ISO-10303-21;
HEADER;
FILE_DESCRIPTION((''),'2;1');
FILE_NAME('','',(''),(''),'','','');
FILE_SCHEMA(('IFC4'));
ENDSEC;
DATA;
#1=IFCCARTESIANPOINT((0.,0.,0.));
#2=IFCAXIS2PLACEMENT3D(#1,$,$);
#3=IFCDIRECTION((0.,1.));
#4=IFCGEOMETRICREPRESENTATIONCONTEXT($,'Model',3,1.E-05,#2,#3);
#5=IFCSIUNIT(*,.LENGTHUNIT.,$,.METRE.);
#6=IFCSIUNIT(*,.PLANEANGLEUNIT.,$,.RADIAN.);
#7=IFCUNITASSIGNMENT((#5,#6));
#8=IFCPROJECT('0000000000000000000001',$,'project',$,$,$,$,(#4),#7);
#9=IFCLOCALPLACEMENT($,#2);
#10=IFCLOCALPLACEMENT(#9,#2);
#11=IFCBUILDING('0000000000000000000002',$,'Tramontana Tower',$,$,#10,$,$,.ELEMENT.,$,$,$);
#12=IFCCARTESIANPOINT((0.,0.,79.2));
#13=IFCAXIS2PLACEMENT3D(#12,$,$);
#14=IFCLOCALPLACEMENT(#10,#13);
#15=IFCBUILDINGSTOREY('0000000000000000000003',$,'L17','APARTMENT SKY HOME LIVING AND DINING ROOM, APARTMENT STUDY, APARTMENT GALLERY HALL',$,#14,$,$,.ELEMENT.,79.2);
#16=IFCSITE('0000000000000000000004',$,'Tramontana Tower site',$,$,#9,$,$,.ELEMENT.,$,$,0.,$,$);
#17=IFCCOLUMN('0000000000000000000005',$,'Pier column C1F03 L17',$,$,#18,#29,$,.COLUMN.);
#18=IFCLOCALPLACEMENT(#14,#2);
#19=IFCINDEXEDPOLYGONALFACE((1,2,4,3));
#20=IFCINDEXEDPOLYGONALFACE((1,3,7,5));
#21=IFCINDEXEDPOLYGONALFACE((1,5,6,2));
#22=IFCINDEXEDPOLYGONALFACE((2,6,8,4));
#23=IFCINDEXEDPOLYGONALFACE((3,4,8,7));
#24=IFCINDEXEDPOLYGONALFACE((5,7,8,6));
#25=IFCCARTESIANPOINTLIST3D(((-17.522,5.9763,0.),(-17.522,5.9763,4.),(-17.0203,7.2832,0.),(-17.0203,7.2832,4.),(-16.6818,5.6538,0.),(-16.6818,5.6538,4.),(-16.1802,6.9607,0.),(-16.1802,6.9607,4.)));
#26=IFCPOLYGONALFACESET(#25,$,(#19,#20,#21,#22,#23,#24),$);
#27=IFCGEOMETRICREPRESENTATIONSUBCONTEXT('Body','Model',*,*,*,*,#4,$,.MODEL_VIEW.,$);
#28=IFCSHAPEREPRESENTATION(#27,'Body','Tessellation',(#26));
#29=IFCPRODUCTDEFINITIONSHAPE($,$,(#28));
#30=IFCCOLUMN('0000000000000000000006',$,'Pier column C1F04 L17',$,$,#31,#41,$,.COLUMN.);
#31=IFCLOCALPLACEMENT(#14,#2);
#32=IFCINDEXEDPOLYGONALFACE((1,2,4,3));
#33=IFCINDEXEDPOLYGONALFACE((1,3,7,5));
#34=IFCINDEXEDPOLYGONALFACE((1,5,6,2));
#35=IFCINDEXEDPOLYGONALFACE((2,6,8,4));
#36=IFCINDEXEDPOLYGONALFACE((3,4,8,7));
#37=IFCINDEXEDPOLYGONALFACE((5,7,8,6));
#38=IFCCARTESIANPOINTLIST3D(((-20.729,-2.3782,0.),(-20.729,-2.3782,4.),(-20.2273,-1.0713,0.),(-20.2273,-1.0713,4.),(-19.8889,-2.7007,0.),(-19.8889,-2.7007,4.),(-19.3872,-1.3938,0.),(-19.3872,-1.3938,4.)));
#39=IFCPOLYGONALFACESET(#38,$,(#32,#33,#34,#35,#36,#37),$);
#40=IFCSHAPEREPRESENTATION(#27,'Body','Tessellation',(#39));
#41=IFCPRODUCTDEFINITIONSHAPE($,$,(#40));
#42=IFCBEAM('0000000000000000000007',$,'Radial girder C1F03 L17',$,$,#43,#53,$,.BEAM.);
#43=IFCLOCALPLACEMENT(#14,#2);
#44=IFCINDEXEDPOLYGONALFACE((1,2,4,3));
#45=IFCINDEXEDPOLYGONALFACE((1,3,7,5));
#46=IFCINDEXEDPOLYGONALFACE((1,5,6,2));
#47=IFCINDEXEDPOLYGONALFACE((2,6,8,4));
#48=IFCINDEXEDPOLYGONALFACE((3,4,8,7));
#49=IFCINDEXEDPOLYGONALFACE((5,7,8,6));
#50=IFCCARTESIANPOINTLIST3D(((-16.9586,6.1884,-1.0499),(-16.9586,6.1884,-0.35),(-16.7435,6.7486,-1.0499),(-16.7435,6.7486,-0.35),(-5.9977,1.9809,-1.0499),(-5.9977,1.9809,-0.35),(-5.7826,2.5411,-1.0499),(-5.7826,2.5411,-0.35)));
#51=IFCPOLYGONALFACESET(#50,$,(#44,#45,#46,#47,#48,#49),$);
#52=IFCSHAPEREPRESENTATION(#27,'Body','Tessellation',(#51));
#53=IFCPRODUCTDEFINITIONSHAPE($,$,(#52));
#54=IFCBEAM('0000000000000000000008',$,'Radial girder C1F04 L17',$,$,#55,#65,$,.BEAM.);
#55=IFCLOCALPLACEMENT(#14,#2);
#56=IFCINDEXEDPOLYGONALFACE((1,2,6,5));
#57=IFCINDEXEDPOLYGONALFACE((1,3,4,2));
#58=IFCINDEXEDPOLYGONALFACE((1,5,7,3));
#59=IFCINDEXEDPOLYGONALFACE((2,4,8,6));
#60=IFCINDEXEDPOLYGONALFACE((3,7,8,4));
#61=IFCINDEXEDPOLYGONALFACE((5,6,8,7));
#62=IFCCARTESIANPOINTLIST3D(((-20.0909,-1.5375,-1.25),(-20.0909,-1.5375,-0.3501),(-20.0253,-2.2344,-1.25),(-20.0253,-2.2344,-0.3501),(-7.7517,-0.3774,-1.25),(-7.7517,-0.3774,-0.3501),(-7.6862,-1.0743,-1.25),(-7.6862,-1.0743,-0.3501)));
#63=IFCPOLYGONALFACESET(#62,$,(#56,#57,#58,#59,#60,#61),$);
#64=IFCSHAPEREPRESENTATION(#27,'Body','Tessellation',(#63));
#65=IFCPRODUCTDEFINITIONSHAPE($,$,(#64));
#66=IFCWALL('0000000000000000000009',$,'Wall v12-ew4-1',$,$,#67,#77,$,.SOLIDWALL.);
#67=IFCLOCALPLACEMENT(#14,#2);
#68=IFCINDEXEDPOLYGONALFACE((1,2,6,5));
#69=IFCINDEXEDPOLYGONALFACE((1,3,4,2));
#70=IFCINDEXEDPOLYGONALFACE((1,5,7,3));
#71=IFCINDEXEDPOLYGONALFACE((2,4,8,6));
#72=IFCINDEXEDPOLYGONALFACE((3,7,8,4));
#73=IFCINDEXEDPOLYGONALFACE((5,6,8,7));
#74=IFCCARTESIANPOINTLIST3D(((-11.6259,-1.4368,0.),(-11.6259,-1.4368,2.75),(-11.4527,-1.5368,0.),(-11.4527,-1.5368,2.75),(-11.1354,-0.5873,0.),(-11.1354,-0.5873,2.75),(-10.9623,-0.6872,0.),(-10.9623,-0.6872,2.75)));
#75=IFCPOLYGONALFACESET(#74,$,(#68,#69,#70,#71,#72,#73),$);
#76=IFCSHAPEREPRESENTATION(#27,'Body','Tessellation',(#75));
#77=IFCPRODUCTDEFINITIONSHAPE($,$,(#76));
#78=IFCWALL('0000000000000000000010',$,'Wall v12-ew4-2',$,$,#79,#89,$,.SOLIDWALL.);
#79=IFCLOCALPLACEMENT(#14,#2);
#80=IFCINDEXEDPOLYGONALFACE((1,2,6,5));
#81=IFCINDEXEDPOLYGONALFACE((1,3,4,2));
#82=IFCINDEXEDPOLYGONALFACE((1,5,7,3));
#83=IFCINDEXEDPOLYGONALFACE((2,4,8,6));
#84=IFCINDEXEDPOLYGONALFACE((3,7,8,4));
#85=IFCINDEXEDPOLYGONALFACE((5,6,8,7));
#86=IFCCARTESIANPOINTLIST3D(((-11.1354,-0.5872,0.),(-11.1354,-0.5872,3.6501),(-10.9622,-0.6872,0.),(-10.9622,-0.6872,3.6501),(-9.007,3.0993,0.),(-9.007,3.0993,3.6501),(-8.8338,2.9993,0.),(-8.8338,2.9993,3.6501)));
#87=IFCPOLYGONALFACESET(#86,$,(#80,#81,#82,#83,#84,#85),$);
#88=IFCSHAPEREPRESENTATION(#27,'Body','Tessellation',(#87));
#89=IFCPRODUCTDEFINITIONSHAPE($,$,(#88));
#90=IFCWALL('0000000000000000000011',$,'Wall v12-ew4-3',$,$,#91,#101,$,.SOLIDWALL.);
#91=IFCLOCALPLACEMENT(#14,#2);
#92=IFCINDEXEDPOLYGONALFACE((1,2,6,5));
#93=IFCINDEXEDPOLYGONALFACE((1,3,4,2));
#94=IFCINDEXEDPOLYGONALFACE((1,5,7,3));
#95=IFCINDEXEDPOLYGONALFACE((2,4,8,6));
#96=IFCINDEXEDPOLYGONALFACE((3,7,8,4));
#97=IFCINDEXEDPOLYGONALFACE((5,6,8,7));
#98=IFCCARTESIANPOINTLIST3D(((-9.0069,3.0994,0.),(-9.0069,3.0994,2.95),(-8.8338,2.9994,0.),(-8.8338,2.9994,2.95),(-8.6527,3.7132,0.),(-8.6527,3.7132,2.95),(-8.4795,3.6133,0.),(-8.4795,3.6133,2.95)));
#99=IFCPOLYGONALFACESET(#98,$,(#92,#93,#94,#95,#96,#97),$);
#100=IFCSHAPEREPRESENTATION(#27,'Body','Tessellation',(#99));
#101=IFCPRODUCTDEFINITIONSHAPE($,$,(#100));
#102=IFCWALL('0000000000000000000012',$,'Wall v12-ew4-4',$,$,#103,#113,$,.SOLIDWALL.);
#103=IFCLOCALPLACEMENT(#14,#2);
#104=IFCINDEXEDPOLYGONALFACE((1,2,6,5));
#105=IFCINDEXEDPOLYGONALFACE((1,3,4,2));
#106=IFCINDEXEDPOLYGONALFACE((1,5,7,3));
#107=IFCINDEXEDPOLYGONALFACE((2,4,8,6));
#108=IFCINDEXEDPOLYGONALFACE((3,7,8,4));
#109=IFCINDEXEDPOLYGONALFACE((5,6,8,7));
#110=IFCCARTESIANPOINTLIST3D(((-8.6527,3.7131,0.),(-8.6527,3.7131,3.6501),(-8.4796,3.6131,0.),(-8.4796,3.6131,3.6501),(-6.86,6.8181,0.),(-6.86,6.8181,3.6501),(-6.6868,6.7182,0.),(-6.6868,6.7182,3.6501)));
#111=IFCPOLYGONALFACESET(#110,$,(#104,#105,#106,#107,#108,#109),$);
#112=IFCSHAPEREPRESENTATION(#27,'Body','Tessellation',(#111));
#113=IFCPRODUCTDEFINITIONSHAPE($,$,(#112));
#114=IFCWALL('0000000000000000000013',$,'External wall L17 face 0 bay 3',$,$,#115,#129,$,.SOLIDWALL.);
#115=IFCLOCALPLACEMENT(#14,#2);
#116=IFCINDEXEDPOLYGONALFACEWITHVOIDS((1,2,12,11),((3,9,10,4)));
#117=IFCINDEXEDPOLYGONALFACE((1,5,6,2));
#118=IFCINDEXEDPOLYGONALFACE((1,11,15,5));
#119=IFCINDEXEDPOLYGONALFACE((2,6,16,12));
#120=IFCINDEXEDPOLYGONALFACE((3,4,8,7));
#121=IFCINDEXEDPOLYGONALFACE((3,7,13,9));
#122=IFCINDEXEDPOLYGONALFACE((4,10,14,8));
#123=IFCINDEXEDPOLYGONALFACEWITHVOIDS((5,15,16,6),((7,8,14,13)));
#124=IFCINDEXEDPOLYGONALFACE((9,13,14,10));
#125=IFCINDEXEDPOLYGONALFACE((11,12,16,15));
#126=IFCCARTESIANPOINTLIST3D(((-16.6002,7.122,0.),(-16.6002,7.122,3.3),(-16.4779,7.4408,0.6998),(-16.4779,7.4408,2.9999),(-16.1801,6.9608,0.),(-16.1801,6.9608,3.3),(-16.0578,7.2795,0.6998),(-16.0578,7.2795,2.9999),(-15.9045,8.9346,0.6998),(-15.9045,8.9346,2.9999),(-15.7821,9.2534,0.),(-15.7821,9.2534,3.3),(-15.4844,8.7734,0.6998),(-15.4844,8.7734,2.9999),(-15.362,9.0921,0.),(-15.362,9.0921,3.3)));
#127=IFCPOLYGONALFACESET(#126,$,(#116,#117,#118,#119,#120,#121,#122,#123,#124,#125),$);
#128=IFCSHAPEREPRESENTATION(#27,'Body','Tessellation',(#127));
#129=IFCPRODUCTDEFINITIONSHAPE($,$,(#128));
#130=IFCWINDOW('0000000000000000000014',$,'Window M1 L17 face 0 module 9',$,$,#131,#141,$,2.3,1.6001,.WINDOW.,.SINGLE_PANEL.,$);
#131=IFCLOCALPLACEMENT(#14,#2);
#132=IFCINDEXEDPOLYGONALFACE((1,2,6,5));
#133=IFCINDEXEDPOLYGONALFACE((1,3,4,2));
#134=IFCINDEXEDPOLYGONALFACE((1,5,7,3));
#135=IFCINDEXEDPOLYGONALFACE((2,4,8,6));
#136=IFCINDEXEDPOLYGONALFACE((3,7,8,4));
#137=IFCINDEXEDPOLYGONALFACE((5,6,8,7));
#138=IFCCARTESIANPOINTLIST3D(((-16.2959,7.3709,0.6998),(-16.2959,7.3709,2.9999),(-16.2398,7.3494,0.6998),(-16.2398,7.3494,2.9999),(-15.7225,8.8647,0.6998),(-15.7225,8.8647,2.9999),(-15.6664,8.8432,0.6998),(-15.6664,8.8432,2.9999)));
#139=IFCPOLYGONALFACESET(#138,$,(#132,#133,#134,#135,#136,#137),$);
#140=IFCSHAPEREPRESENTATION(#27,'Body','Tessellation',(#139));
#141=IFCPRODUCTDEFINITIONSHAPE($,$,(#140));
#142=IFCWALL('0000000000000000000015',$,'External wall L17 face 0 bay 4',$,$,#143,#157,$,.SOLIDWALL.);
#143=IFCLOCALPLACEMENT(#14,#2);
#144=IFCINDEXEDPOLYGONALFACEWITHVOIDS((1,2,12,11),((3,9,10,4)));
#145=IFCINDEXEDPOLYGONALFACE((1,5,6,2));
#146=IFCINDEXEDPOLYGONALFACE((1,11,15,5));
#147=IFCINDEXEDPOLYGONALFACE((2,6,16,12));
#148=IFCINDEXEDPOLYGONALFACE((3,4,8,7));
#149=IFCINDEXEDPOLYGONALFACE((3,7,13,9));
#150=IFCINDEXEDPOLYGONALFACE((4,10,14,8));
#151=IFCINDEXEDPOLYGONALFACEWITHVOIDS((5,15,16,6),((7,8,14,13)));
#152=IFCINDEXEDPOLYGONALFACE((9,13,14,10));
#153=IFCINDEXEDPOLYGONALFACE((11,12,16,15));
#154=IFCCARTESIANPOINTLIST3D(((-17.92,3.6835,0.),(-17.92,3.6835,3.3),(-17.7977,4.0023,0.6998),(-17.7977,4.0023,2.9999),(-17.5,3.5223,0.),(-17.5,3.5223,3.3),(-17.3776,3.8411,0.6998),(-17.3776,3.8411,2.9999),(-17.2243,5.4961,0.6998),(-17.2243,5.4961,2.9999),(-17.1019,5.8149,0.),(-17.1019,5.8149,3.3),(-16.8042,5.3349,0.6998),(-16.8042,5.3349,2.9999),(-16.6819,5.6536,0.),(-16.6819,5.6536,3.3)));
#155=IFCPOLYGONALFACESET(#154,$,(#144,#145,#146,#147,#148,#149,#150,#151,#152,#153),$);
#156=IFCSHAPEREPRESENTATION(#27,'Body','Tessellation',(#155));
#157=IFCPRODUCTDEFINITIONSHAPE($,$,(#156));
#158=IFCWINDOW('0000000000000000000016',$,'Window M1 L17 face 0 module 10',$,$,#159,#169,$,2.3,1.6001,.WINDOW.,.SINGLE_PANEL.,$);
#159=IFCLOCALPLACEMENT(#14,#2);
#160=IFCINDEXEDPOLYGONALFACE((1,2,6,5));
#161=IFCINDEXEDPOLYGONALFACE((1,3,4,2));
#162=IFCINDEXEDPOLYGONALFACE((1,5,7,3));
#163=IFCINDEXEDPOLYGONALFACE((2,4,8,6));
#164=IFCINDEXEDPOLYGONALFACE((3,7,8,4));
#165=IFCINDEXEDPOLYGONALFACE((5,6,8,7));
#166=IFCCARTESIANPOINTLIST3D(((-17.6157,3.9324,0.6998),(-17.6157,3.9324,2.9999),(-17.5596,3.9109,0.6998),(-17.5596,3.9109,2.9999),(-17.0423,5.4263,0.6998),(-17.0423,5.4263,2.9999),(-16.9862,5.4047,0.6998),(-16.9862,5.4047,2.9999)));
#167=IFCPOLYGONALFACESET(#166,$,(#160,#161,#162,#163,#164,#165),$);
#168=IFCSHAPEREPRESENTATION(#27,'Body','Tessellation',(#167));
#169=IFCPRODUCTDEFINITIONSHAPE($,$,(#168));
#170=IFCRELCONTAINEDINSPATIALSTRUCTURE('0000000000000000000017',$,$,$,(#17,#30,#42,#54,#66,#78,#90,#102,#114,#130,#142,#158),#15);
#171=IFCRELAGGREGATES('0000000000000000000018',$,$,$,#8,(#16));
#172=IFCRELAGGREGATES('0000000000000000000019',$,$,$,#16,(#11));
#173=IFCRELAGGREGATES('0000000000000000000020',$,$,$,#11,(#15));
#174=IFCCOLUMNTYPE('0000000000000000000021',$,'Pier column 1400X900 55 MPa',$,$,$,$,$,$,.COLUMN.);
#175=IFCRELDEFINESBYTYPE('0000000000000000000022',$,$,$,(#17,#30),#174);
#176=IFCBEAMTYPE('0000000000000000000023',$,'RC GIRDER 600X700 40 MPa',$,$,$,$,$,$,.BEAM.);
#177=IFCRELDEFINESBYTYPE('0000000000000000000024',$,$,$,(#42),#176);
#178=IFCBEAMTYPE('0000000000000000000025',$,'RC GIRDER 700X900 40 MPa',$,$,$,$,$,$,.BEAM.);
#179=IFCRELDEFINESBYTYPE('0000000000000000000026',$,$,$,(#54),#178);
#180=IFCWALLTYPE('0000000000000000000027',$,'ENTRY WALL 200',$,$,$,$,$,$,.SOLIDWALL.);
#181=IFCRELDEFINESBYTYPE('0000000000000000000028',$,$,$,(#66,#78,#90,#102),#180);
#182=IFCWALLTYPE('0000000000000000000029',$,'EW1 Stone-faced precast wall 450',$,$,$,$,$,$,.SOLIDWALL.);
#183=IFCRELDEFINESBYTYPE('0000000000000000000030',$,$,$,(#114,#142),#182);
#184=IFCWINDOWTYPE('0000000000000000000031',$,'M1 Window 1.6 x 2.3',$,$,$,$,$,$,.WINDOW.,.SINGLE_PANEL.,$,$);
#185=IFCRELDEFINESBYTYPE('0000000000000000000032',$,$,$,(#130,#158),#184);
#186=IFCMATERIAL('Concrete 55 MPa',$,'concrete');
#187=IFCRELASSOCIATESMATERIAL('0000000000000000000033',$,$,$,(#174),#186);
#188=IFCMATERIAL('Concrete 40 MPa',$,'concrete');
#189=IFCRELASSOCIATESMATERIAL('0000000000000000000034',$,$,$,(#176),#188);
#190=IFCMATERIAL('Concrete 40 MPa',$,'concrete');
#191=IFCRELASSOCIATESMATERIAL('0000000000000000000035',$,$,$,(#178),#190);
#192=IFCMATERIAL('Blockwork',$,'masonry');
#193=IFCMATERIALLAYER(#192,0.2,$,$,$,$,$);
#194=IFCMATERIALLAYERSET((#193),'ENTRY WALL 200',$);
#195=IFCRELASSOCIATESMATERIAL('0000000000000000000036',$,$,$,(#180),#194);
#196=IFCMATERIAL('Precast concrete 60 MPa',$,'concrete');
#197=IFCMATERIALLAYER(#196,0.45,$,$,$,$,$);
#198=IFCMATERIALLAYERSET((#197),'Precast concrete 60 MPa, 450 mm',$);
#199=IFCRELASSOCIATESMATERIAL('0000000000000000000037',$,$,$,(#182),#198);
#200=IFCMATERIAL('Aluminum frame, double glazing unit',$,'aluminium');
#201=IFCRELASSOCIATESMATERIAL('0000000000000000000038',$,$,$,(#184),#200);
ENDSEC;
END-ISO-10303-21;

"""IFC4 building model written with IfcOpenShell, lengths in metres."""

from ifc_helpers import new_model, si_unit, direction, frame, frame_2d, origin, origin_2d, place, context, subcontext, project, spatial, rectangle, extrude, material, layer, layer_set, material_profile, profile_set, type_object, element, fill, save


model = new_model("IFC4")

# Units and contexts
model_context = context("Model", 3, precision=1e-05, world=origin(), true_north=direction((0.0, 1.0)))
body_context = subcontext(model_context, "Body", "Model", "MODEL_VIEW")
ifc_project = project(units=[si_unit("LENGTHUNIT", "METRE"), si_unit("PLANEANGLEUNIT", "RADIAN")], contexts=[model_context])

# Site, building, storey
site_placement = place(None, origin())
site = spatial("IfcSite", under=ifc_project, at=site_placement, Name="Tramontana Tower site", CompositionType="ELEMENT", RefElevation=0.0)
building_placement = place(site_placement, origin())
building = spatial("IfcBuilding", under=site, at=building_placement, Name="Tramontana Tower", CompositionType="ELEMENT")
storey_placement = place(building_placement, frame((0.0, 0.0, 79.2)))
storey = spatial("IfcBuildingStorey", under=building, at=storey_placement, Name="L17", Description="APARTMENT SKY HOME LIVING AND DINING ROOM, APARTMENT STUDY, APARTMENT GALLERY HALL", CompositionType="ELEMENT", Elevation=79.2)

# Columns
ifc_material_1 = material(Name="Concrete 55 MPa", Category="concrete")
ifc_material_profile_1 = material_profile(ifc_material_1, rectangle(XDim=1.3999, YDim=0.8999, at=origin_2d()), Name="Pier column 1400X900 55 MPa")
ifc_profile_set_1 = profile_set([ifc_material_profile_1], Name="Concrete 55 MPa")
column_type = type_object("IfcColumnType", Name="Pier column 1400X900 55 MPa", PredefinedType="COLUMN", material=ifc_profile_set_1)
for number, where, z_axis, x_axis, name in (
    (1, (-16.8511, 6.4685, 0.0), (0.0, 0.0, 1.0), (-0.358368, -0.93358, 0.0), "Pier column C1F03 L17"),
    (2, (-20.0581, -1.886, 0.0), (0.0, 0.0, 1.0), (-0.358368, -0.93358, 0.0), "Pier column C1F04 L17"),
):
    element("IfcColumn", number, at=place(storey_placement, frame(where, z_axis=z_axis, x_axis=x_axis)), inside=storey, type_object=column_type, Name=name, PredefinedType="COLUMN", context=body_context, shape_type="SweptSolid", body=[
        extrude(rectangle(XDim=1.3999, YDim=0.8999, at=origin_2d()), origin(), (0.0, 0.0, 1.0), 4.0),
    ])

# Beams
ifc_material_2 = material(Name="Concrete 40 MPa", Category="concrete")
ifc_material_profile_2 = material_profile(ifc_material_2, rectangle(XDim=0.6001, YDim=0.7, at=origin_2d()), Name="RC GIRDER 600X700 40 MPa")
ifc_profile_set_2 = profile_set([ifc_material_profile_2], Name="Concrete 40 MPa")
beam_type_1 = type_object("IfcBeamType", Name="RC GIRDER 600X700 40 MPa", PredefinedType="BEAM", material=ifc_profile_set_2)
beam_1_placement = place(storey_placement, frame((-16.8511, 6.4685, -0.7), z_axis=(0.93358, -0.358369, 0.0), x_axis=(0.358369, 0.93358, 0.0)))
element("IfcBeam", 3, at=beam_1_placement, inside=storey, type_object=beam_type_1, Name="Radial girder C1F03 L17", PredefinedType="BEAM", context=body_context, shape_type="SweptSolid", body=[
    extrude(rectangle(XDim=0.6001, YDim=0.7, at=origin_2d()), origin(), (0.0, 0.0, 1.0), 11.7407),
])
ifc_material_3 = material(Name="Concrete 40 MPa", Category="concrete")
ifc_material_profile_3 = material_profile(ifc_material_3, rectangle(XDim=0.7, YDim=0.8999, at=origin_2d()), Name="RC GIRDER 700X900 40 MPa")
ifc_profile_set_3 = profile_set([ifc_material_profile_3], Name="Concrete 40 MPa")
beam_type_2 = type_object("IfcBeamType", Name="RC GIRDER 700X900 40 MPa", PredefinedType="BEAM", material=ifc_profile_set_3)
beam_2_placement = place(storey_placement, frame((-20.0581, -1.886, -0.8), z_axis=(0.995609, 0.09361, 0.0), x_axis=(-0.09361, 0.995609, 0.0)))
element("IfcBeam", 4, at=beam_2_placement, inside=storey, type_object=beam_type_2, Name="Radial girder C1F04 L17", PredefinedType="BEAM", context=body_context, shape_type="SweptSolid", body=[
    extrude(rectangle(XDim=0.7, YDim=0.8999, at=origin_2d()), origin(), (0.0, 0.0, 1.0), 12.3936),
])

# Walls
ifc_material_4 = material(Name="Blockwork", Category="masonry")
ifc_layer_1 = layer(ifc_material_4, 0.2)
ifc_layer_set_1 = layer_set([ifc_layer_1], Name="ENTRY WALL 200")
wall_type_1 = type_object("IfcWallType", Name="ENTRY WALL 200", PredefinedType="SOLIDWALL", material=ifc_layer_set_1)
wall_1_placement = place(storey_placement, frame((-11.5393, -1.4868, 0.0), z_axis=(0.0, 0.0, 1.0), x_axis=(0.499967, 0.866045, 0.0)))
element("IfcWall", 5, at=wall_1_placement, inside=storey, type_object=wall_type_1, Name="Wall v12-ew4-1", PredefinedType="SOLIDWALL", context=body_context, shape_type="SweptSolid", body=[
    extrude(rectangle(XDim=0.981, YDim=0.2, at=frame_2d((0.4905, 0.0))), origin(), (0.0, 0.0, 1.0), 2.75),
])
wall_2_placement = place(storey_placement, frame((-11.0488, -0.6372, 0.0), z_axis=(0.0, 0.0, 1.0), x_axis=(0.5, 0.866025, 0.0)))
element("IfcWall", 6, at=wall_2_placement, inside=storey, type_object=wall_type_1, Name="Wall v12-ew4-2", PredefinedType="SOLIDWALL", context=body_context, shape_type="SweptSolid", body=[
    extrude(rectangle(XDim=4.2568, YDim=0.2, at=frame_2d((2.1284, 0.0))), origin(), (0.0, 0.0, 1.0), 3.6501),
])
wall_3_placement = place(storey_placement, frame((-8.9204, 3.0493, 0.0), z_axis=(0.0, 0.0, 1.0), x_axis=(0.499882, 0.866094, 0.0)))
element("IfcWall", 7, at=wall_3_placement, inside=storey, type_object=wall_type_1, Name="Wall v12-ew4-3", PredefinedType="SOLIDWALL", context=body_context, shape_type="SweptSolid", body=[
    extrude(rectangle(XDim=0.7087, YDim=0.2, at=frame_2d((0.3545, 0.0))), origin(), (0.0, 0.0, 1.0), 2.95),
])
wall_4_placement = place(storey_placement, frame((-8.5662, 3.6631, 0.0), z_axis=(0.0, 0.0, 1.0), x_axis=(0.500013, 0.866018, 0.0)))
element("IfcWall", 8, at=wall_4_placement, inside=storey, type_object=wall_type_1, Name="Wall v12-ew4-4", PredefinedType="SOLIDWALL", context=body_context, shape_type="SweptSolid", body=[
    extrude(rectangle(XDim=3.5854, YDim=0.2, at=frame_2d((1.7927, 0.0))), origin(), (0.0, 0.0, 1.0), 3.6501),
])

# Walls, openings, windows
ifc_material_5 = material(Name="Precast concrete 60 MPa", Category="concrete")
ifc_layer_2 = layer(ifc_material_5, 0.45)
ifc_layer_set_2 = layer_set([ifc_layer_2], Name="Precast concrete 60 MPa, 450 mm")
wall_type_2 = type_object("IfcWallType", Name="EW1 Stone-faced precast wall 450", PredefinedType="SOLIDWALL", material=ifc_layer_set_2)
wall_5_placement = place(storey_placement, frame((-15.572, 9.1729, 0.0), z_axis=(0.0, 0.0, 1.0), x_axis=(-0.358356, -0.933585, 0.0)))
wall_5 = element("IfcWall", 9, at=wall_5_placement, inside=storey, type_object=wall_type_2, Name="External wall L17 face 0 bay 3", PredefinedType="SOLIDWALL", context=body_context, shape_type="SweptSolid", body=[
    extrude(rectangle(XDim=2.283, YDim=0.45, at=frame_2d((1.1416, 0.0))), origin(), (0.0, 0.0, 1.0), 3.3),
])
opening_1_placement = place(wall_5_placement, frame((0.3416, 0.0, 0.7)))
opening_1 = element("IfcOpeningElement", 10, at=opening_1_placement, cuts=wall_5, PredefinedType="OPENING", context=body_context, shape_type="SweptSolid", body=[
    extrude(rectangle(XDim=1.6001, YDim=2.3, at=frame_2d((0.8, 1.1499))), frame((0.0, 0.2349, 0.0), z_axis=(0.0, -1.0, 0.0), x_axis=(1.0, 0.0, 0.0)), (0.0, 0.0, 1.0), 0.47),
])
ifc_material_6 = material(Name="Aluminum frame, double glazing unit", Category="aluminium")
window_type_1 = type_object("IfcWindowType", Name="M1 Window 1.6 x 2.3", PartitioningType="SINGLE_PANEL", PredefinedType="WINDOW", material=ifc_material_6)
window_1_placement = place(opening_1_placement, origin())
window_1 = element("IfcWindow", 11, at=window_1_placement, inside=storey, type_object=window_type_1, Name="Window M1 L17 face 0 module 9", OverallHeight=2.3, OverallWidth=1.6001, PartitioningType="SINGLE_PANEL", PredefinedType="WINDOW", context=body_context, shape_type="SweptSolid", body=[
    extrude(rectangle(XDim=1.6001, YDim=2.3, at=frame_2d((0.8, 1.1499))), frame((0.0, 0.03, 0.0), z_axis=(0.0, -1.0, 0.0), x_axis=(1.0, 0.0, 0.0)), (0.0, 0.0, 1.0), 0.0601),
])
fill(opening_1, window_1)
wall_6_placement = place(storey_placement, frame((-16.8918, 5.7344, 0.0), z_axis=(0.0, 0.0, 1.0), x_axis=(-0.358356, -0.933585, 0.0)))
wall_6 = element("IfcWall", 12, at=wall_6_placement, inside=storey, type_object=wall_type_2, Name="External wall L17 face 0 bay 4", PredefinedType="SOLIDWALL", context=body_context, shape_type="SweptSolid", body=[
    extrude(rectangle(XDim=2.283, YDim=0.45, at=frame_2d((1.1416, 0.0))), origin(), (0.0, 0.0, 1.0), 3.3),
])
opening_2_placement = place(wall_6_placement, frame((0.3416, 0.0, 0.7)))
opening_2 = element("IfcOpeningElement", 13, at=opening_2_placement, cuts=wall_6, PredefinedType="OPENING", context=body_context, shape_type="SweptSolid", body=[
    extrude(rectangle(XDim=1.6001, YDim=2.3, at=frame_2d((0.8, 1.1499))), frame((0.0, 0.2349, 0.0), z_axis=(0.0, -1.0, 0.0), x_axis=(1.0, 0.0, 0.0)), (0.0, 0.0, 1.0), 0.47),
])
window_2_placement = place(opening_2_placement, origin())
window_2 = element("IfcWindow", 14, at=window_2_placement, inside=storey, type_object=window_type_1, Name="Window M1 L17 face 0 module 10", OverallHeight=2.3, OverallWidth=1.6001, PartitioningType="SINGLE_PANEL", PredefinedType="WINDOW", context=body_context, shape_type="SweptSolid", body=[
    extrude(rectangle(XDim=1.6001, YDim=2.3, at=frame_2d((0.8, 1.1499))), frame((0.0, 0.03, 0.0), z_axis=(0.0, -1.0, 0.0), x_axis=(1.0, 0.0, 0.0)), (0.0, 0.0, 1.0), 0.0601),
])
fill(opening_2, window_2)

save(model, "model.ifc")
